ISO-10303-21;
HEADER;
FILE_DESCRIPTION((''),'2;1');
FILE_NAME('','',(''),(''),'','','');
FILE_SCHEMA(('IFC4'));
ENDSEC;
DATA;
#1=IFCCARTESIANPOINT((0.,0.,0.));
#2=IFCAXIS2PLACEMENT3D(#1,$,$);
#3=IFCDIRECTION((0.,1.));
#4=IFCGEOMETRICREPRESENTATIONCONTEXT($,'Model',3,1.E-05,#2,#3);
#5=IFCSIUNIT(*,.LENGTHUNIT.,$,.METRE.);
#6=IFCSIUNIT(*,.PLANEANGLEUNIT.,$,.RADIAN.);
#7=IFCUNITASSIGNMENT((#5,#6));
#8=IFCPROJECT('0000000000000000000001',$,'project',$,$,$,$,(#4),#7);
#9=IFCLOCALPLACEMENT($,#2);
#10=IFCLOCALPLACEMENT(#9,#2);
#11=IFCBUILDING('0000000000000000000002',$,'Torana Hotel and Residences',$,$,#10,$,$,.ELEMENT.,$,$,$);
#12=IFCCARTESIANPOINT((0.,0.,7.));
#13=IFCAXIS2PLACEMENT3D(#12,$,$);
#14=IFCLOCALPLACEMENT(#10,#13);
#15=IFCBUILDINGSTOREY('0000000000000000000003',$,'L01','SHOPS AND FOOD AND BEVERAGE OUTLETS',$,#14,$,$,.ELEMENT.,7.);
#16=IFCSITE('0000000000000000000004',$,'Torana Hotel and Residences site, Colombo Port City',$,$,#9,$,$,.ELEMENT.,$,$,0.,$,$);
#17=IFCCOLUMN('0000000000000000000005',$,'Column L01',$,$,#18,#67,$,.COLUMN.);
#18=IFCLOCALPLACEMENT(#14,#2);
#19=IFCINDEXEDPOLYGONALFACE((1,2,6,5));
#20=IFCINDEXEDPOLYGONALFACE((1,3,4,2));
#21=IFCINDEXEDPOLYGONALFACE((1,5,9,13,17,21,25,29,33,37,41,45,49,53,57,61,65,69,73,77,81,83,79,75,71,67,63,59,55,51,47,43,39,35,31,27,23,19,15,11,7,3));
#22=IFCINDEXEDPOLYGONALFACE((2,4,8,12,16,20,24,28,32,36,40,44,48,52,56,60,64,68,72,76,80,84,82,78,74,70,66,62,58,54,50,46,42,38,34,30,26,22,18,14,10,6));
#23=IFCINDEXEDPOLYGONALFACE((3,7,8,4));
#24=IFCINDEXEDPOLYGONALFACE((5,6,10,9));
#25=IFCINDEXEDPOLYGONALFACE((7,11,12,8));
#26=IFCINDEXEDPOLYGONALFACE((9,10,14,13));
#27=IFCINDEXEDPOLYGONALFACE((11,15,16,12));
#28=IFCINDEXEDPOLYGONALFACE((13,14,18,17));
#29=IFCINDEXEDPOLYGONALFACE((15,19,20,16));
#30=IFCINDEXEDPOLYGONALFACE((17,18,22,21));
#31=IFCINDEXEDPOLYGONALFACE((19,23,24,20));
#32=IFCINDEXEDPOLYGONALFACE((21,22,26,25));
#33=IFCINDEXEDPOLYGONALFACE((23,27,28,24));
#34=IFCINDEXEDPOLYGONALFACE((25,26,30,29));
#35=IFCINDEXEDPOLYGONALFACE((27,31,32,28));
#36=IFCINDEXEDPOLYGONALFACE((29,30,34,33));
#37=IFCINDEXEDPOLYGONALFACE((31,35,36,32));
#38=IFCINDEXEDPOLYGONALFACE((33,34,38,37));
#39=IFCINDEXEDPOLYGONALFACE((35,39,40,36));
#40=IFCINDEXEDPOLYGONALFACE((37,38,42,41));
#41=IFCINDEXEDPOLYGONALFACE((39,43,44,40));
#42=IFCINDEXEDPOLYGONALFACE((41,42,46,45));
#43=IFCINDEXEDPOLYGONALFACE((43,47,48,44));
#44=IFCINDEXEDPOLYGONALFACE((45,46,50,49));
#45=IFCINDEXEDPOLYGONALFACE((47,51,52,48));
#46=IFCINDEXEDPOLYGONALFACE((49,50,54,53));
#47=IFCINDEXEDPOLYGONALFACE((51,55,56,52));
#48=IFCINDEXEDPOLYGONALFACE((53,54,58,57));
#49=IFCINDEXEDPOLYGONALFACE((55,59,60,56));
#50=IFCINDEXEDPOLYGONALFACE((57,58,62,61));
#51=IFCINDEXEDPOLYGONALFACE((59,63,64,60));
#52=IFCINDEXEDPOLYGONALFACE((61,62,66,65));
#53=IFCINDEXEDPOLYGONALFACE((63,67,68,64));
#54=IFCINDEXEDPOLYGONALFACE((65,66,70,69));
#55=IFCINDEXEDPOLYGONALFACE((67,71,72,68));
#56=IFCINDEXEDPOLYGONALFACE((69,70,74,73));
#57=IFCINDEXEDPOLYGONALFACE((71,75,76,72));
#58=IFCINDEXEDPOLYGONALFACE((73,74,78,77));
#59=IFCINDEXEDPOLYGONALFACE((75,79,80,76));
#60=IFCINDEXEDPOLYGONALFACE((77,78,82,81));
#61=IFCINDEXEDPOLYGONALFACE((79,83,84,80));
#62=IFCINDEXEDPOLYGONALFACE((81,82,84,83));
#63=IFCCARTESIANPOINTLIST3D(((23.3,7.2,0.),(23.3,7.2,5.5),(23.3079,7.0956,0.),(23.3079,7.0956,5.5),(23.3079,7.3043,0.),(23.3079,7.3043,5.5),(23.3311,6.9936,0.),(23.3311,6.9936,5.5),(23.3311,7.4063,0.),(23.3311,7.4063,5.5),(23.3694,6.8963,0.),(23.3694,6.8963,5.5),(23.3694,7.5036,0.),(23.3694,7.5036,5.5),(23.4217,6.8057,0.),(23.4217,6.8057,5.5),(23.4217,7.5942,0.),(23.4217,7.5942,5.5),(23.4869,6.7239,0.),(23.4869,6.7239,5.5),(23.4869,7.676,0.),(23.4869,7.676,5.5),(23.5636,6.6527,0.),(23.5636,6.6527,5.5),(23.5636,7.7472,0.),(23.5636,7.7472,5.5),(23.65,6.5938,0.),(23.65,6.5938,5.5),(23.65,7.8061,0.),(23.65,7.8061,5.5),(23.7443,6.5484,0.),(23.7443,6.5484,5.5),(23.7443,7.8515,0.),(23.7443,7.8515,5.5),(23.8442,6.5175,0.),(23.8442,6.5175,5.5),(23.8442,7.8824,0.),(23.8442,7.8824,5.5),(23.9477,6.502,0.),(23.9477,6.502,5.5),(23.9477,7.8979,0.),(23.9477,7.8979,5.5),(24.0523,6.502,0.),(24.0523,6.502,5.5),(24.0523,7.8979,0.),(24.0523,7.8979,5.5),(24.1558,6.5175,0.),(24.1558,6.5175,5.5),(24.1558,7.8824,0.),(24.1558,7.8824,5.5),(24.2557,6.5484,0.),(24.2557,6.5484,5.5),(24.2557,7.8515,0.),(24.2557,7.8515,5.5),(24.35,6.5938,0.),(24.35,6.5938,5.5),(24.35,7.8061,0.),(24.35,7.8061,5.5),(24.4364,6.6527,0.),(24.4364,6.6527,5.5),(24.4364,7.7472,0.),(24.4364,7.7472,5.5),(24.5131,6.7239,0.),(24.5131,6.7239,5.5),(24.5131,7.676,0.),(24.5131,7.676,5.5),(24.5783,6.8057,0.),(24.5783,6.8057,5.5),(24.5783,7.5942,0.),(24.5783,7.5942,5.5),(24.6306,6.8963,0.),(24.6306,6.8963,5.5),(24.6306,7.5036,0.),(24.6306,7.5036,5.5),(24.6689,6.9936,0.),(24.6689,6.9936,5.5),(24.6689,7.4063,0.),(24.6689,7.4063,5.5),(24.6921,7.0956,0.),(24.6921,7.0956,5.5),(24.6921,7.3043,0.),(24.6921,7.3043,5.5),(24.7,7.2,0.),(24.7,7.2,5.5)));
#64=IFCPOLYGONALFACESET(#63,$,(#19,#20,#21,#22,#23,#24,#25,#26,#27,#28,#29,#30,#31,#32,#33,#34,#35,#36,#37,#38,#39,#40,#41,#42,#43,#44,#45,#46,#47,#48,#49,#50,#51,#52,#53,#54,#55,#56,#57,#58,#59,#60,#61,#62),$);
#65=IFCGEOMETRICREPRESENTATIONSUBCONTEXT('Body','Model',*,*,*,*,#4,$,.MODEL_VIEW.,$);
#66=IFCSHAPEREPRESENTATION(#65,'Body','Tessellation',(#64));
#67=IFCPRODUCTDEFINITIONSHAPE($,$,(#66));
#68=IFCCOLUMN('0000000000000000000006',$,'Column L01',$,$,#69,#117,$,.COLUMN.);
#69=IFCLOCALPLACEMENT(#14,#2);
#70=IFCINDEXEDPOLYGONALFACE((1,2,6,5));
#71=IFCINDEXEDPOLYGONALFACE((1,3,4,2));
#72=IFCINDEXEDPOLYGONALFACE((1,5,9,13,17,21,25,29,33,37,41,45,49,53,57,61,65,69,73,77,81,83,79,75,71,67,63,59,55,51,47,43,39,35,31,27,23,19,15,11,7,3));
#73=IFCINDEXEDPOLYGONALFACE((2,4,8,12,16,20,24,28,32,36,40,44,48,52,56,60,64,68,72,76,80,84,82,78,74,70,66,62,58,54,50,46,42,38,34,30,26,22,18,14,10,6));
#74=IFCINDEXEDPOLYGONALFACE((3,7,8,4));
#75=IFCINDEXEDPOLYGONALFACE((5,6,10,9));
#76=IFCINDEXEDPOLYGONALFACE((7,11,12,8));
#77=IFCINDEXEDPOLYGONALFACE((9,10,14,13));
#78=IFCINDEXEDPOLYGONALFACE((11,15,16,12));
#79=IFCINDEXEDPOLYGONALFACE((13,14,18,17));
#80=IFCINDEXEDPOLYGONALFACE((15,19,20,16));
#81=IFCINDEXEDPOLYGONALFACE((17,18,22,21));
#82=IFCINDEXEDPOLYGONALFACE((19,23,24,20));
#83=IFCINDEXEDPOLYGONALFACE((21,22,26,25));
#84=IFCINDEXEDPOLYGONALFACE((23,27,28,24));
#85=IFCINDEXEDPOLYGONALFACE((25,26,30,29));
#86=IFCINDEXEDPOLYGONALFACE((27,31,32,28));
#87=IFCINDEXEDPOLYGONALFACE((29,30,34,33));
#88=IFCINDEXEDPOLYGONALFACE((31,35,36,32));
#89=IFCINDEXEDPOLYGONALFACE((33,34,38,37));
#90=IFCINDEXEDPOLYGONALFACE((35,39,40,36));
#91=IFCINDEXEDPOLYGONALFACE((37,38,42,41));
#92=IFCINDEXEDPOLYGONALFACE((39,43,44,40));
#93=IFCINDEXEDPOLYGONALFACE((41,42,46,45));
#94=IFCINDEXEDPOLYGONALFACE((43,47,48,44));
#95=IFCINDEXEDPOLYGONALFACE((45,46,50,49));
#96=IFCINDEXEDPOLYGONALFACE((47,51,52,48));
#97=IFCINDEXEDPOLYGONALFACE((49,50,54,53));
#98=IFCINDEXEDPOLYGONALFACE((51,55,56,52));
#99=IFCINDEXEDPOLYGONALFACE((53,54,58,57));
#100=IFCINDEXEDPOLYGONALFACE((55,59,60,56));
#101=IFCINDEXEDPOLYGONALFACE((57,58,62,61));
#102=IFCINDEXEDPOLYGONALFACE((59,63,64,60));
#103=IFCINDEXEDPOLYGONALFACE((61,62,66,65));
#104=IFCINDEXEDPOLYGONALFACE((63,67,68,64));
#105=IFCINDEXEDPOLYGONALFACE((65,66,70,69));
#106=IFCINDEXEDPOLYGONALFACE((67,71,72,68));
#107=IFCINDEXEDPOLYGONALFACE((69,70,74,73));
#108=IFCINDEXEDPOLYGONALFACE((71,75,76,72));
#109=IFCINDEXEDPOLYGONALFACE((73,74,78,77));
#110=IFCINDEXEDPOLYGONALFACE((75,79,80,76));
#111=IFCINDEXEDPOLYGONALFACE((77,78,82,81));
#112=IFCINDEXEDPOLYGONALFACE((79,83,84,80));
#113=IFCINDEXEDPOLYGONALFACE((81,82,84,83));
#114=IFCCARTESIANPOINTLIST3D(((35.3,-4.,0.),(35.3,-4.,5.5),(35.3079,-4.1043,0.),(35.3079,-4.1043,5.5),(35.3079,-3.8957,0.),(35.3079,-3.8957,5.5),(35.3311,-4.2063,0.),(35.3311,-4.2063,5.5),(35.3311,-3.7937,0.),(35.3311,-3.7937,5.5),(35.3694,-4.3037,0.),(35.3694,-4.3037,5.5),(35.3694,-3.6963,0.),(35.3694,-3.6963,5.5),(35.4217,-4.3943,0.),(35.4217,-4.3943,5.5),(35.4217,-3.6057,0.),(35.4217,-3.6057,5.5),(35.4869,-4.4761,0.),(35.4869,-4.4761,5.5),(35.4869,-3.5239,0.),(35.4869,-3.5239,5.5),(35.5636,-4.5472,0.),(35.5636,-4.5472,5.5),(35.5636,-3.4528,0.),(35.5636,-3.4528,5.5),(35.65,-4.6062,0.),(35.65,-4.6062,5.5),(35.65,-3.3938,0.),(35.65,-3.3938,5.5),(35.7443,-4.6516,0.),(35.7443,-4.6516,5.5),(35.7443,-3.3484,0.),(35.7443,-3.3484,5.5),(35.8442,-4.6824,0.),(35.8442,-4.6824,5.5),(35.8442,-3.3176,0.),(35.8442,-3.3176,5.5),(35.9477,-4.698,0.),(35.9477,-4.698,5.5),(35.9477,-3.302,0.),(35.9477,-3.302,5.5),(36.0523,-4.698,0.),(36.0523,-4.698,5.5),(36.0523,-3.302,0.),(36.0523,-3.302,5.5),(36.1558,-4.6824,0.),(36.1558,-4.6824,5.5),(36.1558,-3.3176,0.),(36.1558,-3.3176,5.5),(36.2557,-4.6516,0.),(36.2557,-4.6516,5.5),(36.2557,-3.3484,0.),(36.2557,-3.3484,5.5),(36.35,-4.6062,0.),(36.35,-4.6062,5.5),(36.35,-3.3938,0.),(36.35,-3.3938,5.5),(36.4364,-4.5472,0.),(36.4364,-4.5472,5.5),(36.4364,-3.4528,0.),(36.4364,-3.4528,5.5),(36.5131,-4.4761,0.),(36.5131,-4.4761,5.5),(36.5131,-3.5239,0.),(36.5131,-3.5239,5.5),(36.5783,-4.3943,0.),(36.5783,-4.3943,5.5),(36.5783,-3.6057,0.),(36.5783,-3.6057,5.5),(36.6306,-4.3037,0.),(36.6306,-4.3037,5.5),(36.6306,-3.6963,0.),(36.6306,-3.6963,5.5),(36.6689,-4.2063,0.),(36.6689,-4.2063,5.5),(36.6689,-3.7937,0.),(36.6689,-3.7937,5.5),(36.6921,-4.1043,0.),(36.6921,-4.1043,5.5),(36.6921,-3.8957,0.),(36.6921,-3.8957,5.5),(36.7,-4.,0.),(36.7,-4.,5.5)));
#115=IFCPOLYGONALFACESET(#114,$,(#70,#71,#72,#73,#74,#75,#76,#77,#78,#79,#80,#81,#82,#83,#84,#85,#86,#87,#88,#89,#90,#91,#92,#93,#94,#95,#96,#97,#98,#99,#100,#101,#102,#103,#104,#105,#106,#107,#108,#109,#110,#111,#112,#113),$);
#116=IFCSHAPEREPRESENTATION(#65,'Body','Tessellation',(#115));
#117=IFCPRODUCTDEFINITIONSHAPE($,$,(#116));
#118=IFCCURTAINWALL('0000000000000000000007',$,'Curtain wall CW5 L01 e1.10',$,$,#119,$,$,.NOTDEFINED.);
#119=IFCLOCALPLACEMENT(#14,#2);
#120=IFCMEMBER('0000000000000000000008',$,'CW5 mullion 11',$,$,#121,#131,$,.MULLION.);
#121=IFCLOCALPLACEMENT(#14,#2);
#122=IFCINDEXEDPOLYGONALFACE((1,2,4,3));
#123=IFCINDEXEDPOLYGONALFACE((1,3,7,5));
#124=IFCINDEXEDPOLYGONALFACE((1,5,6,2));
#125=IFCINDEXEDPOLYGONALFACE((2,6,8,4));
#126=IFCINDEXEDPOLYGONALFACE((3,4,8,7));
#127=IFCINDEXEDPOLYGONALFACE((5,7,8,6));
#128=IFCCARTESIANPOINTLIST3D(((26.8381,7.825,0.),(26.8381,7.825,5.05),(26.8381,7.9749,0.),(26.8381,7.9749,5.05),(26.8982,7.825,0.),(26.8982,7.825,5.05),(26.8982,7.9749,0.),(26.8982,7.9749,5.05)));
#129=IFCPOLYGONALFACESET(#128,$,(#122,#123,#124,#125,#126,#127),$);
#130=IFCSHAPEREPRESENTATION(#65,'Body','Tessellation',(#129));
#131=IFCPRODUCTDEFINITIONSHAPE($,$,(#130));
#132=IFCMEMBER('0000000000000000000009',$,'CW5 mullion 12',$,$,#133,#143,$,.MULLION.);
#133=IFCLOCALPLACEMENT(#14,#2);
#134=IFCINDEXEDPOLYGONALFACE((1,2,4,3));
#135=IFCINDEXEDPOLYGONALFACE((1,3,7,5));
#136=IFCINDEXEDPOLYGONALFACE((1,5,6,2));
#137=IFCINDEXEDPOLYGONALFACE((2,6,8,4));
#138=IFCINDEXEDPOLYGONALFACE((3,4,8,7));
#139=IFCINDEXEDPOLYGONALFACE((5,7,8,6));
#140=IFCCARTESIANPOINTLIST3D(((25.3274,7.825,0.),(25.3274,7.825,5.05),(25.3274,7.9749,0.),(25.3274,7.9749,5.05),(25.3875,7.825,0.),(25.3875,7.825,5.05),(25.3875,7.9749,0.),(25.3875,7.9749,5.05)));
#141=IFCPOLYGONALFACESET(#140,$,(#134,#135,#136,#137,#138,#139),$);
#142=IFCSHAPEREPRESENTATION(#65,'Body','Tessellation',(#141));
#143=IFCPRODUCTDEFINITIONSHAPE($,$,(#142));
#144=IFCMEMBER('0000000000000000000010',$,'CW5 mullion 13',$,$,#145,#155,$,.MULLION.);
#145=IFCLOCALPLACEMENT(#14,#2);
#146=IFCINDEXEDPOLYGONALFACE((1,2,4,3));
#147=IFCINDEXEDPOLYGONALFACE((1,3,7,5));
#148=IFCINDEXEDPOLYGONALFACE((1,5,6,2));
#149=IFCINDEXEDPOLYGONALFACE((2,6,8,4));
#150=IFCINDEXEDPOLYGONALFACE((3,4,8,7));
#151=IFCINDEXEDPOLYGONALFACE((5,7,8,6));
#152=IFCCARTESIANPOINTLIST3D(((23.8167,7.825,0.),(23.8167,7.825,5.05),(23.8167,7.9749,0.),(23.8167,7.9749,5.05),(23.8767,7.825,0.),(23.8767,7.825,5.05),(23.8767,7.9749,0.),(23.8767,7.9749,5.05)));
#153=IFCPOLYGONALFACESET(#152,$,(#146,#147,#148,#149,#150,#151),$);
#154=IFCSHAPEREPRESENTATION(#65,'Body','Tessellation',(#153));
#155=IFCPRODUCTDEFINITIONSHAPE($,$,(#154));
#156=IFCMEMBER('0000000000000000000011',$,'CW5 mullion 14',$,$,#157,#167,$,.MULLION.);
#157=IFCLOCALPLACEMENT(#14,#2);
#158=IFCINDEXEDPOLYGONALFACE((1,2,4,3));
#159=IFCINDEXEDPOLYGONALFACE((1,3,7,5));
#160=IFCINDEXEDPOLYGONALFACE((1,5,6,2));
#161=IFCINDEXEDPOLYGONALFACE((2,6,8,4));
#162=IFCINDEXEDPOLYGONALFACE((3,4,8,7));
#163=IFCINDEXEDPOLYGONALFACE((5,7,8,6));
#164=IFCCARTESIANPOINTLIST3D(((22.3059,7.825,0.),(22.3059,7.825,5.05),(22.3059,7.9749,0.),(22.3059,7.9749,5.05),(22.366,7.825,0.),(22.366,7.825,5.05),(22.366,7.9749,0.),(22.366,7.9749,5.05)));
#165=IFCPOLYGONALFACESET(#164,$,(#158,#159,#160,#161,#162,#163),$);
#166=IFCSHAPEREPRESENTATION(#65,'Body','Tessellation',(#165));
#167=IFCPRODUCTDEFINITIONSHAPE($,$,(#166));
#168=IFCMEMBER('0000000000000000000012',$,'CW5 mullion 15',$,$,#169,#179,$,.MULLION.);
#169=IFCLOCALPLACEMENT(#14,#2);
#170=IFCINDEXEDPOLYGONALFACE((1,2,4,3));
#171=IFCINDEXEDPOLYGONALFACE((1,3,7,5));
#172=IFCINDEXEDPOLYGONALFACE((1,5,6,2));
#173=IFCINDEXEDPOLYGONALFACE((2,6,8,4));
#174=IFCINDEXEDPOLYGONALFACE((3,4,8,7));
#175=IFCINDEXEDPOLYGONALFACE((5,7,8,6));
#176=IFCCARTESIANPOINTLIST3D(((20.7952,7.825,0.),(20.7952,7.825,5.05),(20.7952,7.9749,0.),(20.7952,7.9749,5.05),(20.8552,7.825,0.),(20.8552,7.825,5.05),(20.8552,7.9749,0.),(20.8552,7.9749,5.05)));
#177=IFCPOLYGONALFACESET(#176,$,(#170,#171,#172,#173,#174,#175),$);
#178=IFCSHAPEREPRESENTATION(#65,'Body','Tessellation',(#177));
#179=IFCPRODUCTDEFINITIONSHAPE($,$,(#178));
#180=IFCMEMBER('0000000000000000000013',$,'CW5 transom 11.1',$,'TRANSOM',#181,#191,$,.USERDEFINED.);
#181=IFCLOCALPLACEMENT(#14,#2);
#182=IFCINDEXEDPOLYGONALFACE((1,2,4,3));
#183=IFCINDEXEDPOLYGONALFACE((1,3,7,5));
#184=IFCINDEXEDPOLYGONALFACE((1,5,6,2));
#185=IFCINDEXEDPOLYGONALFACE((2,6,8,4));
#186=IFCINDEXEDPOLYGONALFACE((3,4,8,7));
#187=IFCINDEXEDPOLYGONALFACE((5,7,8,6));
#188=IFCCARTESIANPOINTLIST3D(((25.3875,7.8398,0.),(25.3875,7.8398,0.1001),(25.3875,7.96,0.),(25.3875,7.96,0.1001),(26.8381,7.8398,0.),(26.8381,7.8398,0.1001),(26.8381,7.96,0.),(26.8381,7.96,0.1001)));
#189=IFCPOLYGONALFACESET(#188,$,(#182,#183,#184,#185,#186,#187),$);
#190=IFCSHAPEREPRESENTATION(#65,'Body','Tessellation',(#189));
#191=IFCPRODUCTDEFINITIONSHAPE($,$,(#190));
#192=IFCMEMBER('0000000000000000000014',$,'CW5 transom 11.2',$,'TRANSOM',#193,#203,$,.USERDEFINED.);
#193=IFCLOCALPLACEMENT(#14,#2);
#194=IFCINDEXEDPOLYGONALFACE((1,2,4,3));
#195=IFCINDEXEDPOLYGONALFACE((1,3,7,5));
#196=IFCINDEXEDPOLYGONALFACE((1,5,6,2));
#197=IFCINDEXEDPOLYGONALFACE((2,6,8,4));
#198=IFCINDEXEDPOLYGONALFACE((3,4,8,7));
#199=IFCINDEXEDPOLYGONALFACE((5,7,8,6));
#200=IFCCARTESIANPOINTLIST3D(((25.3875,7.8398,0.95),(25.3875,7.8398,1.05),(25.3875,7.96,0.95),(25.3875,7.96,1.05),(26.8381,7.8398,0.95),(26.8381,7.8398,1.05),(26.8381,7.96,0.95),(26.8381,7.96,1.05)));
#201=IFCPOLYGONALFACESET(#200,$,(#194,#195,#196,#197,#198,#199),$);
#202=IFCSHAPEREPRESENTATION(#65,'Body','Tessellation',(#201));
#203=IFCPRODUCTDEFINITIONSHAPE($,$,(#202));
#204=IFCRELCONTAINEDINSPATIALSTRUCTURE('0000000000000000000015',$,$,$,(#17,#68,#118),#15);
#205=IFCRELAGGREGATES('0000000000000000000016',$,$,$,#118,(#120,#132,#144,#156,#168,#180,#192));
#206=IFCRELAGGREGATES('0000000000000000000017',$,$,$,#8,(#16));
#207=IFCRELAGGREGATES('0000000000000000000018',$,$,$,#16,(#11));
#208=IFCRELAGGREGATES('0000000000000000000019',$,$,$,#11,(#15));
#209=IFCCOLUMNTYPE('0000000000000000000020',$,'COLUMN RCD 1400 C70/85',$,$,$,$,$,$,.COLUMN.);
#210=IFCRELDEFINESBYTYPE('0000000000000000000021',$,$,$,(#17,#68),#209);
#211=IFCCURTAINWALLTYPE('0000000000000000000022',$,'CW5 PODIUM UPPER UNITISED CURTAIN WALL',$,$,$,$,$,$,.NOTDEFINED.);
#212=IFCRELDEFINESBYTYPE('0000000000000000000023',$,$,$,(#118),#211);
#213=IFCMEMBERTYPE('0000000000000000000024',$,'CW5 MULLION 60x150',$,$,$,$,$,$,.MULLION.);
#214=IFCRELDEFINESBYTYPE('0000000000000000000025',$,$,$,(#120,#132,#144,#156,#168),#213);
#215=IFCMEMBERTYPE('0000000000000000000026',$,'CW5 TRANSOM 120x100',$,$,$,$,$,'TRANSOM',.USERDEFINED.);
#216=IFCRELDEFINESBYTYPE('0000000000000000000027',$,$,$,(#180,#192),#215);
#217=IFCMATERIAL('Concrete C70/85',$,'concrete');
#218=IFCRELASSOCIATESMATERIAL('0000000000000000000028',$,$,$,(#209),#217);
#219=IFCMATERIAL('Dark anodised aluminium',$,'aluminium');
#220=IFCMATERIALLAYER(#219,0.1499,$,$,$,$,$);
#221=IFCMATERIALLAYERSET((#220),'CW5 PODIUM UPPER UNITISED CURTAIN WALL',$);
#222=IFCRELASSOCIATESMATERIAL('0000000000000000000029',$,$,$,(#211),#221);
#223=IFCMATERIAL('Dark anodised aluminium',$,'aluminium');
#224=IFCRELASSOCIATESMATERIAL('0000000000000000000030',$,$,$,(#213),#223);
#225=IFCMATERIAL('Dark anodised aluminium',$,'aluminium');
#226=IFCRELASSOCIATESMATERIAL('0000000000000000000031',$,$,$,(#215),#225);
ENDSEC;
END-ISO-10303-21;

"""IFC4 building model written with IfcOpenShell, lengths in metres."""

from ifc_helpers import new_model, si_unit, direction, frame, origin, origin_2d, place, context, subcontext, project, spatial, rectangle, circle, extrude, material, layer, layer_set, material_profile, profile_set, type_object, element, aggregate, save


model = new_model("IFC4")

# Units and contexts
model_context = context("Model", 3, precision=1e-05, world=origin(), true_north=direction((0.0, 1.0)))
body_context = subcontext(model_context, "Body", "Model", "MODEL_VIEW")
ifc_project = project(units=[si_unit("LENGTHUNIT", "METRE"), si_unit("PLANEANGLEUNIT", "RADIAN")], contexts=[model_context])

# Site, building, storey
site_placement = place(None, origin())
site = spatial("IfcSite", under=ifc_project, at=site_placement, Name="Torana Hotel and Residences site, Colombo Port City", CompositionType="ELEMENT", RefElevation=0.0)
building_placement = place(site_placement, origin())
building = spatial("IfcBuilding", under=site, at=building_placement, Name="Torana Hotel and Residences", CompositionType="ELEMENT")
storey_placement = place(building_placement, frame((0.0, 0.0, 7.0)))
storey = spatial("IfcBuildingStorey", under=building, at=storey_placement, Name="L01", Description="SHOPS AND FOOD AND BEVERAGE OUTLETS", CompositionType="ELEMENT", Elevation=7.0)

# Columns
ifc_material_1 = material(Name="Concrete C70/85", Category="concrete")
ifc_material_profile_1 = material_profile(ifc_material_1, circle(Radius=0.7, at=origin_2d()), Name="RCD 1400")
ifc_profile_set_1 = profile_set([ifc_material_profile_1], Name="Concrete C70/85")
column_type = type_object("IfcColumnType", Name="COLUMN RCD 1400 C70/85", PredefinedType="COLUMN", material=ifc_profile_set_1)
for number, where, z_axis, x_axis, name in (
    (1, (24.0, 7.2, 0.0), (0.0, 0.0, 1.0), (1.0, 0.0, 0.0), "Column L01"),
    (2, (36.0, -4.0, 0.0), (0.0, 0.0, 1.0), (1.0, 0.0, 0.0), "Column L01"),
):
    element("IfcColumn", number, at=place(storey_placement, frame(where, z_axis=z_axis, x_axis=x_axis)), inside=storey, type_object=column_type, Name=name, PredefinedType="COLUMN", context=body_context, shape_type="SweptSolid", body=[
        extrude(circle(Radius=0.7, at=origin_2d()), origin(), (0.0, 0.0, 1.0), 5.5),
    ])

# Curtain wall, members
ifc_material_2 = material(Name="Dark anodised aluminium", Category="aluminium")
ifc_layer_1 = layer(ifc_material_2, 0.1499)
ifc_layer_set_1 = layer_set([ifc_layer_1], Name="CW5 PODIUM UPPER UNITISED CURTAIN WALL")
curtain_wall_type = type_object("IfcCurtainWallType", Name="CW5 PODIUM UPPER UNITISED CURTAIN WALL", PredefinedType="NOTDEFINED", material=ifc_layer_set_1)
curtain_wall_placement = place(storey_placement, origin())
curtain_wall = element("IfcCurtainWall", 3, at=curtain_wall_placement, inside=storey, type_object=curtain_wall_type, Name="Curtain wall CW5 L01 e1.10", PredefinedType="NOTDEFINED")
ifc_material_3 = material(Name="Dark anodised aluminium", Category="aluminium")
ifc_material_profile_2 = material_profile(ifc_material_3, rectangle(XDim=0.1499, YDim=0.0601, at=origin_2d()), Name="CW5 MULLION 60x150")
ifc_profile_set_2 = profile_set([ifc_material_profile_2], Name="Dark anodised aluminium")
member_type_1 = type_object("IfcMemberType", Name="CW5 MULLION 60x150", PredefinedType="MULLION", material=ifc_profile_set_2)
member_1_placement = place(storey_placement, frame((26.8682, 7.8999, 0.0), z_axis=(0.0, 0.0, 1.0), x_axis=(0.0, -1.0, 0.0)))
member_1 = element("IfcMember", 4, at=member_1_placement, type_object=member_type_1, Name="CW5 mullion 11", PredefinedType="MULLION", context=body_context, shape_type="SweptSolid", body=[
    extrude(rectangle(XDim=0.1499, YDim=0.0601, at=origin_2d()), origin(), (0.0, 0.0, 1.0), 5.05),
])
member_2_placement = place(storey_placement, frame((25.3574, 7.8999, 0.0), z_axis=(0.0, 0.0, 1.0), x_axis=(0.0, -1.0, 0.0)))
member_2 = element("IfcMember", 5, at=member_2_placement, type_object=member_type_1, Name="CW5 mullion 12", PredefinedType="MULLION", context=body_context, shape_type="SweptSolid", body=[
    extrude(rectangle(XDim=0.1499, YDim=0.0601, at=origin_2d()), origin(), (0.0, 0.0, 1.0), 5.05),
])
member_3_placement = place(storey_placement, frame((23.8467, 7.8999, 0.0), z_axis=(0.0, 0.0, 1.0), x_axis=(0.0, -1.0, 0.0)))
member_3 = element("IfcMember", 6, at=member_3_placement, type_object=member_type_1, Name="CW5 mullion 13", PredefinedType="MULLION", context=body_context, shape_type="SweptSolid", body=[
    extrude(rectangle(XDim=0.1499, YDim=0.0601, at=origin_2d()), origin(), (0.0, 0.0, 1.0), 5.05),
])
member_4_placement = place(storey_placement, frame((22.3359, 7.8999, 0.0), z_axis=(0.0, 0.0, 1.0), x_axis=(0.0, -1.0, 0.0)))
member_4 = element("IfcMember", 7, at=member_4_placement, type_object=member_type_1, Name="CW5 mullion 14", PredefinedType="MULLION", context=body_context, shape_type="SweptSolid", body=[
    extrude(rectangle(XDim=0.1499, YDim=0.0601, at=origin_2d()), origin(), (0.0, 0.0, 1.0), 5.05),
])
member_5_placement = place(storey_placement, frame((20.8252, 7.8999, 0.0), z_axis=(0.0, 0.0, 1.0), x_axis=(0.0, -1.0, 0.0)))
member_5 = element("IfcMember", 8, at=member_5_placement, type_object=member_type_1, Name="CW5 mullion 15", PredefinedType="MULLION", context=body_context, shape_type="SweptSolid", body=[
    extrude(rectangle(XDim=0.1499, YDim=0.0601, at=origin_2d()), origin(), (0.0, 0.0, 1.0), 5.05),
])
ifc_material_4 = material(Name="Dark anodised aluminium", Category="aluminium")
ifc_material_profile_3 = material_profile(ifc_material_4, rectangle(XDim=0.1201, YDim=0.1001, at=origin_2d()), Name="CW5 TRANSOM 120x100")
ifc_profile_set_3 = profile_set([ifc_material_profile_3], Name="Dark anodised aluminium")
member_type_2 = type_object("IfcMemberType", Name="CW5 TRANSOM 120x100", ElementType="TRANSOM", PredefinedType="USERDEFINED", material=ifc_profile_set_3)
member_6_placement = place(storey_placement, frame((26.8381, 7.8999, 0.05), z_axis=(-1.0, 0.0, 0.0), x_axis=(0.0, -1.0, 0.0)))
member_6 = element("IfcMember", 9, at=member_6_placement, type_object=member_type_2, Name="CW5 transom 11.1", ObjectType="TRANSOM", PredefinedType="USERDEFINED", context=body_context, shape_type="SweptSolid", body=[
    extrude(rectangle(XDim=0.1201, YDim=0.1001, at=origin_2d()), origin(), (0.0, 0.0, 1.0), 1.4507),
])
member_7_placement = place(storey_placement, frame((26.8381, 7.8999, 1.0), z_axis=(-1.0, 0.0, 0.0), x_axis=(0.0, -1.0, 0.0)))
member_7 = element("IfcMember", 10, at=member_7_placement, type_object=member_type_2, Name="CW5 transom 11.2", ObjectType="TRANSOM", PredefinedType="USERDEFINED", context=body_context, shape_type="SweptSolid", body=[
    extrude(rectangle(XDim=0.1201, YDim=0.1001, at=origin_2d()), origin(), (0.0, 0.0, 1.0), 1.4507),
])
aggregate(curtain_wall, [member_1, member_2, member_3, member_4, member_5, member_6, member_7])

save(model, "model.ifc")
